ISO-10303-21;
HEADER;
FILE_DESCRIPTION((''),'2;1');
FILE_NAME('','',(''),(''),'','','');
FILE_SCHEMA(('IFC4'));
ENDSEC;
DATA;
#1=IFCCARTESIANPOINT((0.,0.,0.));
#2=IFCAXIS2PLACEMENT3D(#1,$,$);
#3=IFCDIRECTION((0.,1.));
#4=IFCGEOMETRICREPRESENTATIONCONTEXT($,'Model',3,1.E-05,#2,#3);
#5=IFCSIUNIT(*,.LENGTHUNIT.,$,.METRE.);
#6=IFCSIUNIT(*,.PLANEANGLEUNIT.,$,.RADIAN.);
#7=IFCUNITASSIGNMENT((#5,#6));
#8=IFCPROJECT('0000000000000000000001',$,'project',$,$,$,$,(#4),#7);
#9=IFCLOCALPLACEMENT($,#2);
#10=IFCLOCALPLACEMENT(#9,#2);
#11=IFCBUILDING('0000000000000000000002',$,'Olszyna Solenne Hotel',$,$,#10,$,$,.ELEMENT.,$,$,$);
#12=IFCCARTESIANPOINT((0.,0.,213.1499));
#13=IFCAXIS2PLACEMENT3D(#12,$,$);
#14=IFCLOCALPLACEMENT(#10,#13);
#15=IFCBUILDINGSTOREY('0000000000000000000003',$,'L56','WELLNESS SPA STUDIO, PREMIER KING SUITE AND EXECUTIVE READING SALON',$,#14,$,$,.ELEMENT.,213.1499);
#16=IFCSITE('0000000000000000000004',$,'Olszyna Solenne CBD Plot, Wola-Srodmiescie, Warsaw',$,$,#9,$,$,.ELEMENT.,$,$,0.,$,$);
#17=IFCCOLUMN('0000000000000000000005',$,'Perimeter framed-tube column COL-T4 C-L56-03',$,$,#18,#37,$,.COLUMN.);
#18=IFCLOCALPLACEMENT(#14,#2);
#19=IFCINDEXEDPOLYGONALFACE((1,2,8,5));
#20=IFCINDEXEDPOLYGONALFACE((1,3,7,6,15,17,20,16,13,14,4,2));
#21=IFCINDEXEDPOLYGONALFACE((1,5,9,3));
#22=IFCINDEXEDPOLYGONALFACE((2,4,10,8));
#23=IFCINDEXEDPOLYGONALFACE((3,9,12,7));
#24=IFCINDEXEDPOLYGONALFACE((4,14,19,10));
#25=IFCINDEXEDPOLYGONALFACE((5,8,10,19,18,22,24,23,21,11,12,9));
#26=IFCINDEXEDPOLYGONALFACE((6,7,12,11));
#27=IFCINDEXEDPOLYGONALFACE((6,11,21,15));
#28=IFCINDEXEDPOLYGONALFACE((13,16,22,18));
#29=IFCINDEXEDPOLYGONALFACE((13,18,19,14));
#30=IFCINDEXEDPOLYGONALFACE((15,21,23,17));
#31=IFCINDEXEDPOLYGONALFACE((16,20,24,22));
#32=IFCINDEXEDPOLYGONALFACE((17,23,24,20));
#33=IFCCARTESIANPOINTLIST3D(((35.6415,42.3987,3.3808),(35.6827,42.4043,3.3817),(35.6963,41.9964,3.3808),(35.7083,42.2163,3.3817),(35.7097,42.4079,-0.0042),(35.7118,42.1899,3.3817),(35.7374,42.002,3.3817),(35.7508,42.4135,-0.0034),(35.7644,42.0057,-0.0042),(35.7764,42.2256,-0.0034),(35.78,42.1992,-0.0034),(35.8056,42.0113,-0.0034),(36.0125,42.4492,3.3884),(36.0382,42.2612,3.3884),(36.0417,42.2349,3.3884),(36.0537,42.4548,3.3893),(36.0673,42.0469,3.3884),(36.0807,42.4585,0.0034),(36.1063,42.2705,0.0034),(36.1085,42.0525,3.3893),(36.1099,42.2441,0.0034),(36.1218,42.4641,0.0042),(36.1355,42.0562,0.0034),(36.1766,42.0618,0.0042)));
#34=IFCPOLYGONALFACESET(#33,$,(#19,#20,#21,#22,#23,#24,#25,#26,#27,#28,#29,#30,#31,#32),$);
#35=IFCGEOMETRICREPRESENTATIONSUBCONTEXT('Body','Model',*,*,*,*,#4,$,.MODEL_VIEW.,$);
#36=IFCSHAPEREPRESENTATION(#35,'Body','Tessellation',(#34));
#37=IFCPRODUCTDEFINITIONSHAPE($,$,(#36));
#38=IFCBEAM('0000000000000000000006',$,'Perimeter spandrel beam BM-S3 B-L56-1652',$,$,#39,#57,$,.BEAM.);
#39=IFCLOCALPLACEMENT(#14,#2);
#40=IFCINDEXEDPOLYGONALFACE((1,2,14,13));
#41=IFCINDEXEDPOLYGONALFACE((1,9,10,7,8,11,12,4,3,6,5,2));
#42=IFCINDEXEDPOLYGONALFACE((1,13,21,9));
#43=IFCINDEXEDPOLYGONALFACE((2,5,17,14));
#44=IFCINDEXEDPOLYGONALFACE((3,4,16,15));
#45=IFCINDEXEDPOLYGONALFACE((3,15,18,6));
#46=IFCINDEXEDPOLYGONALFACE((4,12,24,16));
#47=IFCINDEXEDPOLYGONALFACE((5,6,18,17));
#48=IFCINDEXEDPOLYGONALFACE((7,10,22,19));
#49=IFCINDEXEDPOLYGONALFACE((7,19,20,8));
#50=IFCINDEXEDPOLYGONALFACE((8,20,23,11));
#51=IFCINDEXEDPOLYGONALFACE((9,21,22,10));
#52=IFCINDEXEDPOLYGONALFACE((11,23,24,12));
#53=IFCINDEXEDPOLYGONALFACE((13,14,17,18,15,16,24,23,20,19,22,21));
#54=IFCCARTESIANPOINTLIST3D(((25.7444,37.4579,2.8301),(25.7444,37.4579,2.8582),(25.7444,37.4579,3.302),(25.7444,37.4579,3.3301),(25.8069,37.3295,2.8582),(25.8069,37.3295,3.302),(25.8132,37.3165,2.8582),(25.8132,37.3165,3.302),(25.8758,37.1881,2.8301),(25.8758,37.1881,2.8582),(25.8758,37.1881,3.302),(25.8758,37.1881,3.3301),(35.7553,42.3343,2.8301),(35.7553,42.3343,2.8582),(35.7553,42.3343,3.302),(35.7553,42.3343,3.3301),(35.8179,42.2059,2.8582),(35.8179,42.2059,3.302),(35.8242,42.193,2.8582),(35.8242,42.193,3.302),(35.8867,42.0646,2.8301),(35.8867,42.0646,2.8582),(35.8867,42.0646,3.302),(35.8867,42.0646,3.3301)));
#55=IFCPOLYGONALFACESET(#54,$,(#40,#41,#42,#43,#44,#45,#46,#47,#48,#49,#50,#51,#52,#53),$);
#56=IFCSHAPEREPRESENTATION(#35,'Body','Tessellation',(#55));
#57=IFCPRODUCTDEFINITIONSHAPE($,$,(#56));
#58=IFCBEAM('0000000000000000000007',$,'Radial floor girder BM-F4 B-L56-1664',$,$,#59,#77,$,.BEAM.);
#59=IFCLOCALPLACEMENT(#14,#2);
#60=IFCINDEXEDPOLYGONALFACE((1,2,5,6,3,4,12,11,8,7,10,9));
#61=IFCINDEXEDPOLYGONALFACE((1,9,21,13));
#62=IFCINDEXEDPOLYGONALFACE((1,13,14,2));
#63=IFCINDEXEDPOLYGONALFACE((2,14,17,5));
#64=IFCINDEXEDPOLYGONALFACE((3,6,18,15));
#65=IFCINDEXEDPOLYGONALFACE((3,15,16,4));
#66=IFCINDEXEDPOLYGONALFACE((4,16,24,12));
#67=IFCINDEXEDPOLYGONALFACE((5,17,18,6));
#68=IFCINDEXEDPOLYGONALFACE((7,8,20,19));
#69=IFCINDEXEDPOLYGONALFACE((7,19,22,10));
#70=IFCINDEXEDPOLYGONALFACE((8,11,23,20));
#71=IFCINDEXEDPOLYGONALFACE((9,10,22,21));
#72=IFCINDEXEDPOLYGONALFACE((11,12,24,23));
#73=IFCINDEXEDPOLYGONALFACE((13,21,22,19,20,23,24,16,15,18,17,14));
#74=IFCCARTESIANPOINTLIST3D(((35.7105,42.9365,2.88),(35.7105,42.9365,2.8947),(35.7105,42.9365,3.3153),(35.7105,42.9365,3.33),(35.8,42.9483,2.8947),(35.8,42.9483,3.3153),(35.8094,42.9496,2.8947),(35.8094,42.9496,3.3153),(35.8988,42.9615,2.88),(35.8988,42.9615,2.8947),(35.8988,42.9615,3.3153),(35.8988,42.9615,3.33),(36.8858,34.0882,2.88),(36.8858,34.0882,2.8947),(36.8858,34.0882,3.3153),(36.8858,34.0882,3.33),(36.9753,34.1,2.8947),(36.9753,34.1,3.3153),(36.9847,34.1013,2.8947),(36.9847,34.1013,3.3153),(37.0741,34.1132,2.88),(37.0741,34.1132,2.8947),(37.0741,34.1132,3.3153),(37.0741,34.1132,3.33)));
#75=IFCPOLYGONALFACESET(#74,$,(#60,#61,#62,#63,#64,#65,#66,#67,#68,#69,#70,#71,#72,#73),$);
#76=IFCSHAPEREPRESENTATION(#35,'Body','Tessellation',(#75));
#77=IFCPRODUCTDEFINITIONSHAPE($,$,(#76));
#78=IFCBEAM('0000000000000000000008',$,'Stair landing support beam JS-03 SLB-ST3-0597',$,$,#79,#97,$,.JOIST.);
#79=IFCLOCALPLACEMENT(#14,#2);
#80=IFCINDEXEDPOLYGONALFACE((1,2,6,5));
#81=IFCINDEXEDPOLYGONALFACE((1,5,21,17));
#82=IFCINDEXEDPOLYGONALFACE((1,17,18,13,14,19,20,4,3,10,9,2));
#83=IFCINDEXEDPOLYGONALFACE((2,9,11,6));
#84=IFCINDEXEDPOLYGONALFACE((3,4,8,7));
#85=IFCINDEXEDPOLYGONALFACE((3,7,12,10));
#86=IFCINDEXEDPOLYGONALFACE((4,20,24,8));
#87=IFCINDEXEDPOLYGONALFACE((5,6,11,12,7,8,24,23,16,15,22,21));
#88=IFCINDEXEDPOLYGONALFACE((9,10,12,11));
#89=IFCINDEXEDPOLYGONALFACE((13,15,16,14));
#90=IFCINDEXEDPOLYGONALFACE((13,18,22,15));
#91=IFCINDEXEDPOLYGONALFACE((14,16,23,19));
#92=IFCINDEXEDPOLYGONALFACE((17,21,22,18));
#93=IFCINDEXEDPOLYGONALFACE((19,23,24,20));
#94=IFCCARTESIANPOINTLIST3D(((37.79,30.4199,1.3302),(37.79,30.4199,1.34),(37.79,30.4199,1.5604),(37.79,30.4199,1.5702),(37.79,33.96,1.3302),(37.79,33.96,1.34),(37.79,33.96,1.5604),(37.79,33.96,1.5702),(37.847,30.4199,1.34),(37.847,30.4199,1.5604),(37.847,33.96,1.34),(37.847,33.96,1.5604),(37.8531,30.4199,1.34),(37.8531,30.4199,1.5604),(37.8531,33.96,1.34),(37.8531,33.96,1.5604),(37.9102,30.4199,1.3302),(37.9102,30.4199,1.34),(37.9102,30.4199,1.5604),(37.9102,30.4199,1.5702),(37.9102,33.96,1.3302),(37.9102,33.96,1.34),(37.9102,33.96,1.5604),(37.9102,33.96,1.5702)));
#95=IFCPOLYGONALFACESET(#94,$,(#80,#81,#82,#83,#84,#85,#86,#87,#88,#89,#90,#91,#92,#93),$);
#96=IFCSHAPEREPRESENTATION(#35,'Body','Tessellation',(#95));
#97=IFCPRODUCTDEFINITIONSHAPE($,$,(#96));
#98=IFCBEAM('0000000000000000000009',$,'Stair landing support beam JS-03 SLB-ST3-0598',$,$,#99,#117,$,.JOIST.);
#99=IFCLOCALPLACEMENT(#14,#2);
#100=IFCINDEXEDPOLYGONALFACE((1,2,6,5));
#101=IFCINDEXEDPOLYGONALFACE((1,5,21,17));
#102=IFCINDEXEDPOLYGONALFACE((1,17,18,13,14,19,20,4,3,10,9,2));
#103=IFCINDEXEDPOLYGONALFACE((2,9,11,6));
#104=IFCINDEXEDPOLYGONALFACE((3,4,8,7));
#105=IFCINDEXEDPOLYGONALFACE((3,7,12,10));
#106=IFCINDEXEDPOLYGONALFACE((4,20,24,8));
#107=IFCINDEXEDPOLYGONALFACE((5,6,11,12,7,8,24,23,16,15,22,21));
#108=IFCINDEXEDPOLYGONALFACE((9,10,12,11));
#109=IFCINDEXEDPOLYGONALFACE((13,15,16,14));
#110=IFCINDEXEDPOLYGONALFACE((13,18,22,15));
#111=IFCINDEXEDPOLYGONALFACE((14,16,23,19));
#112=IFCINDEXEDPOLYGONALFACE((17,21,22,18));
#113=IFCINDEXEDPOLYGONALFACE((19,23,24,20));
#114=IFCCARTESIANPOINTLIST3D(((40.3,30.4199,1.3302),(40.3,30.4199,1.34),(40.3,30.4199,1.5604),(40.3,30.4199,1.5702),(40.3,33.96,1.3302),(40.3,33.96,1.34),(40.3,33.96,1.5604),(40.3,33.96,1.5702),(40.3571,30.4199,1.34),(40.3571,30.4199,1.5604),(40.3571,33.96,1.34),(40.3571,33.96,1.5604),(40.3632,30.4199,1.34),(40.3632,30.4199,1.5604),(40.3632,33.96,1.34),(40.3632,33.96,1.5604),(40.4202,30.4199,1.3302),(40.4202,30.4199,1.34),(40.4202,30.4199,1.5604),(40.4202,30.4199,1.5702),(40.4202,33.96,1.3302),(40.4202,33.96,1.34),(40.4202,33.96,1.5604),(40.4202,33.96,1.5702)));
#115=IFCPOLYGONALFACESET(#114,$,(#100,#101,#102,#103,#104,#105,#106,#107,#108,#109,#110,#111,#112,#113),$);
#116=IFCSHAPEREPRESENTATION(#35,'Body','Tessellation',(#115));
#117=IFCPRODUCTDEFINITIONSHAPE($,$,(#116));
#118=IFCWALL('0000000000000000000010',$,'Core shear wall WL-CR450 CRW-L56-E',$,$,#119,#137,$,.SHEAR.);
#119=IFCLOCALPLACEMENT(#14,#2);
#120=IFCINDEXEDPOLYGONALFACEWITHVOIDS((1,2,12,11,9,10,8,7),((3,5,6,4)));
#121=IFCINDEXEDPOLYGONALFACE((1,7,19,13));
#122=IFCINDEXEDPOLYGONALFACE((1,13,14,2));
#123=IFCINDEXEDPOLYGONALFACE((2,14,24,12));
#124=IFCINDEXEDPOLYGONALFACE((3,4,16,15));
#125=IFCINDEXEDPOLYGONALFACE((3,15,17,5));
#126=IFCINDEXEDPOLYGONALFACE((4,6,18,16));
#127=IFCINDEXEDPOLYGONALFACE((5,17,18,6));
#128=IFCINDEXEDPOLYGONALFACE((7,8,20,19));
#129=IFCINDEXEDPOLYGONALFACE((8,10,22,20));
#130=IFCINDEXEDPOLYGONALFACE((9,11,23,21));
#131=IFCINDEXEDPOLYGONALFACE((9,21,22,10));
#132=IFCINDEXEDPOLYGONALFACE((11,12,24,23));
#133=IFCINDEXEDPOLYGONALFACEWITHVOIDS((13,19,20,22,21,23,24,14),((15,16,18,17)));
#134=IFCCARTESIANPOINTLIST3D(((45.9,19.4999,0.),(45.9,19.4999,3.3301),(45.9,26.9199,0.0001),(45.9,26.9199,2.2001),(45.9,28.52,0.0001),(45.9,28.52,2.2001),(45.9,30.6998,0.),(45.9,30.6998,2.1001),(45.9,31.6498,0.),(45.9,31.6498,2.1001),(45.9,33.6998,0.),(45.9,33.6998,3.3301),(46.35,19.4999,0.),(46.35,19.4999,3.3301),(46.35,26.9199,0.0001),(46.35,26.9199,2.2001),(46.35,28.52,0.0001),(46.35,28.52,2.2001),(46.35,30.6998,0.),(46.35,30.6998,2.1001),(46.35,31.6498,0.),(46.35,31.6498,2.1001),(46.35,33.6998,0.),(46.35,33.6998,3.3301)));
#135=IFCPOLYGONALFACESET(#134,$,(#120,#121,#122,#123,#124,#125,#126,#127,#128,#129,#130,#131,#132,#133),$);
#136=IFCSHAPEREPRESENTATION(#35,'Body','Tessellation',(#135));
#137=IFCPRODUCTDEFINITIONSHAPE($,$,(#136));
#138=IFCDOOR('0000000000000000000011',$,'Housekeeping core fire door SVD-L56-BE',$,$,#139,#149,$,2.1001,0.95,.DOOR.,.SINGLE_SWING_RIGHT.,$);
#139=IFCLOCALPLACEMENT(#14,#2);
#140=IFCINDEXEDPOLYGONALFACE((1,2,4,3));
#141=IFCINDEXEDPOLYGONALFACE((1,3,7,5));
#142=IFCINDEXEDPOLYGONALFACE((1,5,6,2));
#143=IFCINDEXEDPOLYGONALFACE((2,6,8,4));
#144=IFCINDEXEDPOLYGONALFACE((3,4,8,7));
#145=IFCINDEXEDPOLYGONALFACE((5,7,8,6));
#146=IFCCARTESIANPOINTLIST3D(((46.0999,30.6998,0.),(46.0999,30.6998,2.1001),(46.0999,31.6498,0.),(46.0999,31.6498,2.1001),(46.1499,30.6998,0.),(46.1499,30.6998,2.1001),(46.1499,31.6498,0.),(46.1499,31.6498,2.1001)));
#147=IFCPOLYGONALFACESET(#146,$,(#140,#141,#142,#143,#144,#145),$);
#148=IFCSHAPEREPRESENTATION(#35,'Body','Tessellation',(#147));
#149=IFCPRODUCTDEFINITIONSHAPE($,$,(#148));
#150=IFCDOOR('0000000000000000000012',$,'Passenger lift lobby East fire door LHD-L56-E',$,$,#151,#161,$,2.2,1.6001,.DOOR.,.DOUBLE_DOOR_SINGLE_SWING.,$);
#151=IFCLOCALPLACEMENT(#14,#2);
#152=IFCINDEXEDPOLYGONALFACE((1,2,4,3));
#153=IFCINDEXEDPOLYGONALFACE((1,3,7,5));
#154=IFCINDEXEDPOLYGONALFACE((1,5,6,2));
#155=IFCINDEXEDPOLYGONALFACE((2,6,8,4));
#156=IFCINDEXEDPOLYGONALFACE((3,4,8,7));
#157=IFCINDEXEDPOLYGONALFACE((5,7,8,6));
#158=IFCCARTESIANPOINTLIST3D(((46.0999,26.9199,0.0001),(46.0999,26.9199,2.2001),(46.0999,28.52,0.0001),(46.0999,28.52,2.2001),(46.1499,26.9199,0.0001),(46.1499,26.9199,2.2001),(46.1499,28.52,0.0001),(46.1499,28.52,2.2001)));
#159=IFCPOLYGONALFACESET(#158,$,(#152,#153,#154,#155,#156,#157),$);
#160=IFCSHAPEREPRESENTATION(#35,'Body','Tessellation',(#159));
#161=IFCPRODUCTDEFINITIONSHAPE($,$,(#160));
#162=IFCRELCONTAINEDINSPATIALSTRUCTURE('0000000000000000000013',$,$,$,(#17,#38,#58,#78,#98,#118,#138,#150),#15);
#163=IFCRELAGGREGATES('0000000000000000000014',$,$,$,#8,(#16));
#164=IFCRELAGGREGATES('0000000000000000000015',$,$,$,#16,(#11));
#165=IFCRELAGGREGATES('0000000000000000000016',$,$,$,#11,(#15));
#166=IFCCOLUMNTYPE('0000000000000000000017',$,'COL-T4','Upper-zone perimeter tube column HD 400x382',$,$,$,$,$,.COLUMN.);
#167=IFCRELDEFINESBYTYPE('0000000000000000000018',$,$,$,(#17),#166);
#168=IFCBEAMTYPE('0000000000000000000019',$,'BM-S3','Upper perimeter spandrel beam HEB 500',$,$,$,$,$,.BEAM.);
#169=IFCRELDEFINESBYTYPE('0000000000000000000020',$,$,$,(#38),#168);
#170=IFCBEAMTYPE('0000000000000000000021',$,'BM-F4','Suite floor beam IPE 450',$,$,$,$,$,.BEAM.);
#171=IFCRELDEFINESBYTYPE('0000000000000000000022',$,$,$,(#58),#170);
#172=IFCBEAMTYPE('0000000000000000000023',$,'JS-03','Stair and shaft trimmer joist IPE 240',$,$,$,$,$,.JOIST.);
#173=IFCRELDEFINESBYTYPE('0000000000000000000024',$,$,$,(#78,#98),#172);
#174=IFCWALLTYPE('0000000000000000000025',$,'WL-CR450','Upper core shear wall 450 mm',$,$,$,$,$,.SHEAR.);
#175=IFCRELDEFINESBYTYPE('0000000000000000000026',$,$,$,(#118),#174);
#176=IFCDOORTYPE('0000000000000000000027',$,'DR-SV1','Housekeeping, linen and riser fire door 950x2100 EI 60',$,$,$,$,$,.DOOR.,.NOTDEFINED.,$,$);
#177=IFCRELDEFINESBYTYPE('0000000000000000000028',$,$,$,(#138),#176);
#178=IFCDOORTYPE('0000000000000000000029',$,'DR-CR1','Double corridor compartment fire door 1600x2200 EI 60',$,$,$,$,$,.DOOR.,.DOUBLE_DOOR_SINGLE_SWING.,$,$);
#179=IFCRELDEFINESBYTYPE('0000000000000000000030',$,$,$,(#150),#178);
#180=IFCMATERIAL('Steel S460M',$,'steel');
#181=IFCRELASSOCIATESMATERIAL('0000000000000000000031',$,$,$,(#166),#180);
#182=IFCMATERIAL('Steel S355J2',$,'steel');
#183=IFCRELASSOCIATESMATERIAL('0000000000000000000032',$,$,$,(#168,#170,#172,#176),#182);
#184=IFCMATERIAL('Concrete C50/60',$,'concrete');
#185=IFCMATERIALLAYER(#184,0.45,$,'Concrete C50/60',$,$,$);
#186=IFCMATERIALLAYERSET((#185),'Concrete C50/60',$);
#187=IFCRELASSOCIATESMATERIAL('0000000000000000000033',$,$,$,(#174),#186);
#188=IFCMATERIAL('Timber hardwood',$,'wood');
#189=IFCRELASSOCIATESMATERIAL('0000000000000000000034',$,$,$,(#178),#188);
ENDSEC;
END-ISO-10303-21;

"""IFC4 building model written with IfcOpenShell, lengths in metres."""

from ifc_helpers import new_model, si_unit, direction, frame, frame_2d, origin, origin_2d, place, context, subcontext, project, spatial, rectangle, i_section, extrude, source, transform, mapped, material, layer, layer_set, material_profile, profile_set, type_object, type_shapes, element, fill, save


model = new_model("IFC4")

# Units and contexts
model_context = context("Model", 3, precision=1e-05, world=origin(), true_north=direction((0.0, 1.0)))
body_context = subcontext(model_context, "Body", "Model", "MODEL_VIEW")
ifc_project = project(units=[si_unit("LENGTHUNIT", "METRE"), si_unit("PLANEANGLEUNIT", "RADIAN")], contexts=[model_context])

# Site, building, storey
site_placement = place(None, origin())
site = spatial("IfcSite", under=ifc_project, at=site_placement, Name="Olszyna Solenne CBD Plot, Wola-Srodmiescie, Warsaw", CompositionType="ELEMENT", RefElevation=0.0)
building_placement = place(site_placement, origin())
building = spatial("IfcBuilding", under=site, at=building_placement, Name="Olszyna Solenne Hotel", CompositionType="ELEMENT")
storey_placement = place(building_placement, frame((0.0, 0.0, 213.1499)))
storey = spatial("IfcBuildingStorey", under=building, at=storey_placement, Name="L56", Description="WELLNESS SPA STUDIO, PREMIER KING SUITE AND EXECUTIVE READING SALON", CompositionType="ELEMENT", Elevation=213.1499)

# Column
ifc_material_1 = material(Name="Steel S460M", Category="steel")
ifc_material_profile_1 = material_profile(ifc_material_1, i_section(OverallWidth=0.406, OverallDepth=0.416, WebThickness=0.0266, FlangeThickness=0.0415, at=origin_2d()), Name="HD 400x382", Category="load-bearing")
ifc_profile_set_1 = profile_set([ifc_material_profile_1], Name="Steel S460M")
column_type = type_object("IfcColumnType", Name="COL-T4", Description="Upper-zone perimeter tube column HD 400x382", PredefinedType="COLUMN", material=ifc_profile_set_1)
shared_shape_1 = source(origin(), body_context, "Body", "SweptSolid", [
    extrude(i_section(OverallWidth=0.406, OverallDepth=0.416, WebThickness=0.0266, FlangeThickness=0.0415, at=origin_2d()), origin(), (0.0, 0.0, 1.0), 3.3857),
])
column_placement = place(storey_placement, frame((35.9431, 42.2349, 0.0), z_axis=(-0.020118, -0.00274, 0.999794), x_axis=(0.134955, -0.990852, 0.0)))
element("IfcColumn", 1, at=column_placement, inside=storey, type_object=column_type, Name="Perimeter framed-tube column COL-T4 C-L56-03", PredefinedType="COLUMN", context=body_context, shape_type="MappedRepresentation", body=[
    mapped(shared_shape_1, transform((0.0, 0.0, 0.0), x_axis=(1.0, 0.0, 0.0), y_axis=(0.0, 1.0, 0.0), z_axis=(0.0, 0.0, 1.0), scale=1.0)),
])

# Beams
ifc_material_2 = material(Name="Steel S355J2", Category="steel")
ifc_material_profile_2 = material_profile(ifc_material_2, i_section(OverallWidth=0.3, OverallDepth=0.5, WebThickness=0.0144, FlangeThickness=0.0281, at=origin_2d()), Name="HEB 500", Category="load-bearing")
ifc_profile_set_2 = profile_set([ifc_material_profile_2], Name="Steel S355J2")
beam_type_1 = type_object("IfcBeamType", Name="BM-S3", Description="Upper perimeter spandrel beam HEB 500", PredefinedType="BEAM", material=ifc_profile_set_2)
shared_shape_2 = source(origin(), body_context, "Body", "SweptSolid", [
    extrude(i_section(OverallWidth=0.3, OverallDepth=0.5, WebThickness=0.0144, FlangeThickness=0.0281, at=origin_2d()), origin(), (0.0, 0.0, 1.0), 11.1355),
])
beam_1_placement = place(storey_placement, frame((35.821, 42.1995, 3.0801), z_axis=(-0.899014, -0.43792, 0.0), x_axis=(0.43792, -0.899014, 0.0)))
element("IfcBeam", 2, at=beam_1_placement, inside=storey, type_object=beam_type_1, Name="Perimeter spandrel beam BM-S3 B-L56-1652", PredefinedType="BEAM", context=body_context, shape_type="MappedRepresentation", body=[
    mapped(shared_shape_2, transform((0.0, 0.0, 0.0), x_axis=(1.0, 0.0, 0.0), y_axis=(0.0, 1.0, 0.0), z_axis=(0.0, 0.0, 1.0), scale=1.0)),
])
ifc_material_profile_3 = material_profile(ifc_material_2, i_section(OverallWidth=0.1899, OverallDepth=0.45, WebThickness=0.0095, FlangeThickness=0.0146, at=origin_2d()), Name="IPE 450", Category="load-bearing")
ifc_profile_set_3 = profile_set([ifc_material_profile_3], Name="Steel S355J2")
beam_type_2 = type_object("IfcBeamType", Name="BM-F4", Description="Suite floor beam IPE 450", PredefinedType="BEAM", material=ifc_profile_set_3)
shared_shape_3 = source(origin(), body_context, "Body", "SweptSolid", [
    extrude(i_section(OverallWidth=0.1899, OverallDepth=0.45, WebThickness=0.0095, FlangeThickness=0.0146, at=origin_2d()), origin(), (0.0, 0.0, 1.0), 8.926),
])
beam_2_placement = place(storey_placement, frame((35.8047, 42.949, 3.105), z_axis=(0.131669, -0.991294, 0.0), x_axis=(0.991294, 0.131669, 0.0)))
element("IfcBeam", 3, at=beam_2_placement, inside=storey, type_object=beam_type_2, Name="Radial floor girder BM-F4 B-L56-1664", PredefinedType="BEAM", context=body_context, shape_type="MappedRepresentation", body=[
    mapped(shared_shape_3, transform((0.0, 0.0, 0.0), x_axis=(1.0, 0.0, 0.0), y_axis=(0.0, 1.0, 0.0), z_axis=(0.0, 0.0, 1.0), scale=1.0)),
])
ifc_material_profile_4 = material_profile(ifc_material_2, i_section(OverallWidth=0.1201, OverallDepth=0.24, WebThickness=0.0061, FlangeThickness=0.0098, at=origin_2d()), Name="IPE 240", Category="load-bearing")
ifc_profile_set_4 = profile_set([ifc_material_profile_4], Name="Steel S355J2")
beam_type_3 = type_object("IfcBeamType", Name="JS-03", Description="Stair and shaft trimmer joist IPE 240", PredefinedType="JOIST", material=ifc_profile_set_4)
shared_shape_4 = source(origin(), body_context, "Body", "SweptSolid", [
    extrude(i_section(OverallWidth=0.1201, OverallDepth=0.24, WebThickness=0.0061, FlangeThickness=0.0098, at=origin_2d()), origin(), (0.0, 0.0, 1.0), 3.54),
])
for number, where, z_axis, x_axis, name in (
    (4, (37.8501, 30.4199, 1.4502), (0.0, 1.0, 0.0), (-1.0, 0.0, 0.0), "Stair landing support beam JS-03 SLB-ST3-0597"),
    (5, (40.3601, 30.4199, 1.4502), (0.0, 1.0, 0.0), (-1.0, 0.0, 0.0), "Stair landing support beam JS-03 SLB-ST3-0598"),
):
    element("IfcBeam", number, at=place(storey_placement, frame(where, z_axis=z_axis, x_axis=x_axis)), inside=storey, type_object=beam_type_3, Name=name, PredefinedType="JOIST", context=body_context, shape_type="MappedRepresentation", body=[
        mapped(shared_shape_4, transform((0.0, 0.0, 0.0), x_axis=(1.0, 0.0, 0.0), y_axis=(0.0, 1.0, 0.0), z_axis=(0.0, 0.0, 1.0), scale=1.0)),
    ])

# Wall, openings, doors
ifc_material_3 = material(Name="Concrete C50/60", Category="concrete")
ifc_layer_1 = layer(ifc_material_3, 0.45, Name="Concrete C50/60")
ifc_layer_set_1 = layer_set([ifc_layer_1], Name="Concrete C50/60")
wall_type_1 = type_object("IfcWallType", Name="WL-CR450", Description="Upper core shear wall 450 mm", PredefinedType="SHEAR", material=ifc_layer_set_1)
wall_1_placement = place(storey_placement, frame((46.125, 33.7, 0.0), z_axis=(0.0, 0.0, 1.0), x_axis=(0.0, -1.0, 0.0)))
wall_1 = element("IfcWall", 6, at=wall_1_placement, inside=storey, type_object=wall_type_1, Name="Core shear wall WL-CR450 CRW-L56-E", PredefinedType="SHEAR", context=body_context, shape_type="SweptSolid", body=[
    extrude(rectangle(XDim=14.2, YDim=0.45, at=frame_2d((7.1001, 0.0))), origin(), (0.0, 0.0, 1.0), 3.3301),
])
opening_1_placement = place(wall_1_placement, frame((5.1799, 0.0, 0.0)))
opening_1 = element("IfcOpeningElement", 7, at=opening_1_placement, cuts=wall_1, PredefinedType="OPENING", context=body_context, shape_type="SweptSolid", body=[
    extrude(rectangle(XDim=1.6001, YDim=2.2, at=frame_2d((0.8, 1.1001))), frame((0.0, 0.2349, 0.0), z_axis=(0.0, -1.0, 0.0), x_axis=(1.0, 0.0, 0.0)), (0.0, 0.0, 1.0), 0.47),
])
opening_2_placement = place(wall_1_placement, frame((2.05, 0.0, 0.0)))
opening_2 = element("IfcOpeningElement", 8, at=opening_2_placement, cuts=wall_1, PredefinedType="OPENING", context=body_context, shape_type="SweptSolid", body=[
    extrude(rectangle(XDim=0.95, YDim=2.1001, at=frame_2d((0.4751, 1.05))), frame((0.0, 0.2349, 0.0), z_axis=(0.0, -1.0, 0.0), x_axis=(1.0, 0.0, 0.0)), (0.0, 0.0, 1.0), 0.47),
])
door_type_1 = type_object("IfcDoorType", Name="DR-SV1", Description="Housekeeping, linen and riser fire door 950x2100 EI 60", OperationType="NOTDEFINED", PredefinedType="DOOR", material=ifc_material_2)
shared_shape_5 = source(origin(), body_context, "Body", "SweptSolid", [
    extrude(rectangle(XDim=0.95, YDim=2.1001, at=frame_2d((0.4751, 1.05))), frame((0.0, 0.0249, 0.0), z_axis=(0.0, -1.0, 0.0), x_axis=(1.0, 0.0, 0.0)), (0.0, 0.0, 1.0), 0.05),
])
type_shapes(door_type_1, [shared_shape_5])
door_1_placement = place(opening_2_placement, origin())
door_1 = element("IfcDoor", 9, at=door_1_placement, inside=storey, type_object=door_type_1, Name="Housekeeping core fire door SVD-L56-BE", OperationType="SINGLE_SWING_RIGHT", OverallHeight=2.1001, OverallWidth=0.95, PredefinedType="DOOR", context=body_context, shape_type="MappedRepresentation", body=[
    mapped(shared_shape_5, transform((0.0, 0.0, 0.0), x_axis=(1.0, 0.0, 0.0), y_axis=(0.0, 1.0, 0.0), z_axis=(0.0, 0.0, 1.0), scale=1.0)),
])
fill(opening_2, door_1)
ifc_material_4 = material(Name="Timber hardwood", Category="wood")
door_type_2 = type_object("IfcDoorType", Name="DR-CR1", Description="Double corridor compartment fire door 1600x2200 EI 60", OperationType="DOUBLE_DOOR_SINGLE_SWING", PredefinedType="DOOR", material=ifc_material_4)
shared_shape_6 = source(origin(), body_context, "Body", "SweptSolid", [
    extrude(rectangle(XDim=1.6001, YDim=2.2, at=frame_2d((0.8, 1.1001))), frame((0.0, 0.0249, 0.0), z_axis=(0.0, -1.0, 0.0), x_axis=(1.0, 0.0, 0.0)), (0.0, 0.0, 1.0), 0.05),
])
type_shapes(door_type_2, [shared_shape_6])
door_2_placement = place(opening_1_placement, origin())
door_2 = element("IfcDoor", 10, at=door_2_placement, inside=storey, type_object=door_type_2, Name="Passenger lift lobby East fire door LHD-L56-E", OperationType="DOUBLE_DOOR_SINGLE_SWING", OverallHeight=2.2, OverallWidth=1.6001, PredefinedType="DOOR", context=body_context, shape_type="MappedRepresentation", body=[
    mapped(shared_shape_6, transform((0.0, 0.0, 0.0), x_axis=(1.0, 0.0, 0.0), y_axis=(0.0, 1.0, 0.0), z_axis=(0.0, 0.0, 1.0), scale=1.0)),
])
fill(opening_1, door_2)

save(model, "model.ifc")
